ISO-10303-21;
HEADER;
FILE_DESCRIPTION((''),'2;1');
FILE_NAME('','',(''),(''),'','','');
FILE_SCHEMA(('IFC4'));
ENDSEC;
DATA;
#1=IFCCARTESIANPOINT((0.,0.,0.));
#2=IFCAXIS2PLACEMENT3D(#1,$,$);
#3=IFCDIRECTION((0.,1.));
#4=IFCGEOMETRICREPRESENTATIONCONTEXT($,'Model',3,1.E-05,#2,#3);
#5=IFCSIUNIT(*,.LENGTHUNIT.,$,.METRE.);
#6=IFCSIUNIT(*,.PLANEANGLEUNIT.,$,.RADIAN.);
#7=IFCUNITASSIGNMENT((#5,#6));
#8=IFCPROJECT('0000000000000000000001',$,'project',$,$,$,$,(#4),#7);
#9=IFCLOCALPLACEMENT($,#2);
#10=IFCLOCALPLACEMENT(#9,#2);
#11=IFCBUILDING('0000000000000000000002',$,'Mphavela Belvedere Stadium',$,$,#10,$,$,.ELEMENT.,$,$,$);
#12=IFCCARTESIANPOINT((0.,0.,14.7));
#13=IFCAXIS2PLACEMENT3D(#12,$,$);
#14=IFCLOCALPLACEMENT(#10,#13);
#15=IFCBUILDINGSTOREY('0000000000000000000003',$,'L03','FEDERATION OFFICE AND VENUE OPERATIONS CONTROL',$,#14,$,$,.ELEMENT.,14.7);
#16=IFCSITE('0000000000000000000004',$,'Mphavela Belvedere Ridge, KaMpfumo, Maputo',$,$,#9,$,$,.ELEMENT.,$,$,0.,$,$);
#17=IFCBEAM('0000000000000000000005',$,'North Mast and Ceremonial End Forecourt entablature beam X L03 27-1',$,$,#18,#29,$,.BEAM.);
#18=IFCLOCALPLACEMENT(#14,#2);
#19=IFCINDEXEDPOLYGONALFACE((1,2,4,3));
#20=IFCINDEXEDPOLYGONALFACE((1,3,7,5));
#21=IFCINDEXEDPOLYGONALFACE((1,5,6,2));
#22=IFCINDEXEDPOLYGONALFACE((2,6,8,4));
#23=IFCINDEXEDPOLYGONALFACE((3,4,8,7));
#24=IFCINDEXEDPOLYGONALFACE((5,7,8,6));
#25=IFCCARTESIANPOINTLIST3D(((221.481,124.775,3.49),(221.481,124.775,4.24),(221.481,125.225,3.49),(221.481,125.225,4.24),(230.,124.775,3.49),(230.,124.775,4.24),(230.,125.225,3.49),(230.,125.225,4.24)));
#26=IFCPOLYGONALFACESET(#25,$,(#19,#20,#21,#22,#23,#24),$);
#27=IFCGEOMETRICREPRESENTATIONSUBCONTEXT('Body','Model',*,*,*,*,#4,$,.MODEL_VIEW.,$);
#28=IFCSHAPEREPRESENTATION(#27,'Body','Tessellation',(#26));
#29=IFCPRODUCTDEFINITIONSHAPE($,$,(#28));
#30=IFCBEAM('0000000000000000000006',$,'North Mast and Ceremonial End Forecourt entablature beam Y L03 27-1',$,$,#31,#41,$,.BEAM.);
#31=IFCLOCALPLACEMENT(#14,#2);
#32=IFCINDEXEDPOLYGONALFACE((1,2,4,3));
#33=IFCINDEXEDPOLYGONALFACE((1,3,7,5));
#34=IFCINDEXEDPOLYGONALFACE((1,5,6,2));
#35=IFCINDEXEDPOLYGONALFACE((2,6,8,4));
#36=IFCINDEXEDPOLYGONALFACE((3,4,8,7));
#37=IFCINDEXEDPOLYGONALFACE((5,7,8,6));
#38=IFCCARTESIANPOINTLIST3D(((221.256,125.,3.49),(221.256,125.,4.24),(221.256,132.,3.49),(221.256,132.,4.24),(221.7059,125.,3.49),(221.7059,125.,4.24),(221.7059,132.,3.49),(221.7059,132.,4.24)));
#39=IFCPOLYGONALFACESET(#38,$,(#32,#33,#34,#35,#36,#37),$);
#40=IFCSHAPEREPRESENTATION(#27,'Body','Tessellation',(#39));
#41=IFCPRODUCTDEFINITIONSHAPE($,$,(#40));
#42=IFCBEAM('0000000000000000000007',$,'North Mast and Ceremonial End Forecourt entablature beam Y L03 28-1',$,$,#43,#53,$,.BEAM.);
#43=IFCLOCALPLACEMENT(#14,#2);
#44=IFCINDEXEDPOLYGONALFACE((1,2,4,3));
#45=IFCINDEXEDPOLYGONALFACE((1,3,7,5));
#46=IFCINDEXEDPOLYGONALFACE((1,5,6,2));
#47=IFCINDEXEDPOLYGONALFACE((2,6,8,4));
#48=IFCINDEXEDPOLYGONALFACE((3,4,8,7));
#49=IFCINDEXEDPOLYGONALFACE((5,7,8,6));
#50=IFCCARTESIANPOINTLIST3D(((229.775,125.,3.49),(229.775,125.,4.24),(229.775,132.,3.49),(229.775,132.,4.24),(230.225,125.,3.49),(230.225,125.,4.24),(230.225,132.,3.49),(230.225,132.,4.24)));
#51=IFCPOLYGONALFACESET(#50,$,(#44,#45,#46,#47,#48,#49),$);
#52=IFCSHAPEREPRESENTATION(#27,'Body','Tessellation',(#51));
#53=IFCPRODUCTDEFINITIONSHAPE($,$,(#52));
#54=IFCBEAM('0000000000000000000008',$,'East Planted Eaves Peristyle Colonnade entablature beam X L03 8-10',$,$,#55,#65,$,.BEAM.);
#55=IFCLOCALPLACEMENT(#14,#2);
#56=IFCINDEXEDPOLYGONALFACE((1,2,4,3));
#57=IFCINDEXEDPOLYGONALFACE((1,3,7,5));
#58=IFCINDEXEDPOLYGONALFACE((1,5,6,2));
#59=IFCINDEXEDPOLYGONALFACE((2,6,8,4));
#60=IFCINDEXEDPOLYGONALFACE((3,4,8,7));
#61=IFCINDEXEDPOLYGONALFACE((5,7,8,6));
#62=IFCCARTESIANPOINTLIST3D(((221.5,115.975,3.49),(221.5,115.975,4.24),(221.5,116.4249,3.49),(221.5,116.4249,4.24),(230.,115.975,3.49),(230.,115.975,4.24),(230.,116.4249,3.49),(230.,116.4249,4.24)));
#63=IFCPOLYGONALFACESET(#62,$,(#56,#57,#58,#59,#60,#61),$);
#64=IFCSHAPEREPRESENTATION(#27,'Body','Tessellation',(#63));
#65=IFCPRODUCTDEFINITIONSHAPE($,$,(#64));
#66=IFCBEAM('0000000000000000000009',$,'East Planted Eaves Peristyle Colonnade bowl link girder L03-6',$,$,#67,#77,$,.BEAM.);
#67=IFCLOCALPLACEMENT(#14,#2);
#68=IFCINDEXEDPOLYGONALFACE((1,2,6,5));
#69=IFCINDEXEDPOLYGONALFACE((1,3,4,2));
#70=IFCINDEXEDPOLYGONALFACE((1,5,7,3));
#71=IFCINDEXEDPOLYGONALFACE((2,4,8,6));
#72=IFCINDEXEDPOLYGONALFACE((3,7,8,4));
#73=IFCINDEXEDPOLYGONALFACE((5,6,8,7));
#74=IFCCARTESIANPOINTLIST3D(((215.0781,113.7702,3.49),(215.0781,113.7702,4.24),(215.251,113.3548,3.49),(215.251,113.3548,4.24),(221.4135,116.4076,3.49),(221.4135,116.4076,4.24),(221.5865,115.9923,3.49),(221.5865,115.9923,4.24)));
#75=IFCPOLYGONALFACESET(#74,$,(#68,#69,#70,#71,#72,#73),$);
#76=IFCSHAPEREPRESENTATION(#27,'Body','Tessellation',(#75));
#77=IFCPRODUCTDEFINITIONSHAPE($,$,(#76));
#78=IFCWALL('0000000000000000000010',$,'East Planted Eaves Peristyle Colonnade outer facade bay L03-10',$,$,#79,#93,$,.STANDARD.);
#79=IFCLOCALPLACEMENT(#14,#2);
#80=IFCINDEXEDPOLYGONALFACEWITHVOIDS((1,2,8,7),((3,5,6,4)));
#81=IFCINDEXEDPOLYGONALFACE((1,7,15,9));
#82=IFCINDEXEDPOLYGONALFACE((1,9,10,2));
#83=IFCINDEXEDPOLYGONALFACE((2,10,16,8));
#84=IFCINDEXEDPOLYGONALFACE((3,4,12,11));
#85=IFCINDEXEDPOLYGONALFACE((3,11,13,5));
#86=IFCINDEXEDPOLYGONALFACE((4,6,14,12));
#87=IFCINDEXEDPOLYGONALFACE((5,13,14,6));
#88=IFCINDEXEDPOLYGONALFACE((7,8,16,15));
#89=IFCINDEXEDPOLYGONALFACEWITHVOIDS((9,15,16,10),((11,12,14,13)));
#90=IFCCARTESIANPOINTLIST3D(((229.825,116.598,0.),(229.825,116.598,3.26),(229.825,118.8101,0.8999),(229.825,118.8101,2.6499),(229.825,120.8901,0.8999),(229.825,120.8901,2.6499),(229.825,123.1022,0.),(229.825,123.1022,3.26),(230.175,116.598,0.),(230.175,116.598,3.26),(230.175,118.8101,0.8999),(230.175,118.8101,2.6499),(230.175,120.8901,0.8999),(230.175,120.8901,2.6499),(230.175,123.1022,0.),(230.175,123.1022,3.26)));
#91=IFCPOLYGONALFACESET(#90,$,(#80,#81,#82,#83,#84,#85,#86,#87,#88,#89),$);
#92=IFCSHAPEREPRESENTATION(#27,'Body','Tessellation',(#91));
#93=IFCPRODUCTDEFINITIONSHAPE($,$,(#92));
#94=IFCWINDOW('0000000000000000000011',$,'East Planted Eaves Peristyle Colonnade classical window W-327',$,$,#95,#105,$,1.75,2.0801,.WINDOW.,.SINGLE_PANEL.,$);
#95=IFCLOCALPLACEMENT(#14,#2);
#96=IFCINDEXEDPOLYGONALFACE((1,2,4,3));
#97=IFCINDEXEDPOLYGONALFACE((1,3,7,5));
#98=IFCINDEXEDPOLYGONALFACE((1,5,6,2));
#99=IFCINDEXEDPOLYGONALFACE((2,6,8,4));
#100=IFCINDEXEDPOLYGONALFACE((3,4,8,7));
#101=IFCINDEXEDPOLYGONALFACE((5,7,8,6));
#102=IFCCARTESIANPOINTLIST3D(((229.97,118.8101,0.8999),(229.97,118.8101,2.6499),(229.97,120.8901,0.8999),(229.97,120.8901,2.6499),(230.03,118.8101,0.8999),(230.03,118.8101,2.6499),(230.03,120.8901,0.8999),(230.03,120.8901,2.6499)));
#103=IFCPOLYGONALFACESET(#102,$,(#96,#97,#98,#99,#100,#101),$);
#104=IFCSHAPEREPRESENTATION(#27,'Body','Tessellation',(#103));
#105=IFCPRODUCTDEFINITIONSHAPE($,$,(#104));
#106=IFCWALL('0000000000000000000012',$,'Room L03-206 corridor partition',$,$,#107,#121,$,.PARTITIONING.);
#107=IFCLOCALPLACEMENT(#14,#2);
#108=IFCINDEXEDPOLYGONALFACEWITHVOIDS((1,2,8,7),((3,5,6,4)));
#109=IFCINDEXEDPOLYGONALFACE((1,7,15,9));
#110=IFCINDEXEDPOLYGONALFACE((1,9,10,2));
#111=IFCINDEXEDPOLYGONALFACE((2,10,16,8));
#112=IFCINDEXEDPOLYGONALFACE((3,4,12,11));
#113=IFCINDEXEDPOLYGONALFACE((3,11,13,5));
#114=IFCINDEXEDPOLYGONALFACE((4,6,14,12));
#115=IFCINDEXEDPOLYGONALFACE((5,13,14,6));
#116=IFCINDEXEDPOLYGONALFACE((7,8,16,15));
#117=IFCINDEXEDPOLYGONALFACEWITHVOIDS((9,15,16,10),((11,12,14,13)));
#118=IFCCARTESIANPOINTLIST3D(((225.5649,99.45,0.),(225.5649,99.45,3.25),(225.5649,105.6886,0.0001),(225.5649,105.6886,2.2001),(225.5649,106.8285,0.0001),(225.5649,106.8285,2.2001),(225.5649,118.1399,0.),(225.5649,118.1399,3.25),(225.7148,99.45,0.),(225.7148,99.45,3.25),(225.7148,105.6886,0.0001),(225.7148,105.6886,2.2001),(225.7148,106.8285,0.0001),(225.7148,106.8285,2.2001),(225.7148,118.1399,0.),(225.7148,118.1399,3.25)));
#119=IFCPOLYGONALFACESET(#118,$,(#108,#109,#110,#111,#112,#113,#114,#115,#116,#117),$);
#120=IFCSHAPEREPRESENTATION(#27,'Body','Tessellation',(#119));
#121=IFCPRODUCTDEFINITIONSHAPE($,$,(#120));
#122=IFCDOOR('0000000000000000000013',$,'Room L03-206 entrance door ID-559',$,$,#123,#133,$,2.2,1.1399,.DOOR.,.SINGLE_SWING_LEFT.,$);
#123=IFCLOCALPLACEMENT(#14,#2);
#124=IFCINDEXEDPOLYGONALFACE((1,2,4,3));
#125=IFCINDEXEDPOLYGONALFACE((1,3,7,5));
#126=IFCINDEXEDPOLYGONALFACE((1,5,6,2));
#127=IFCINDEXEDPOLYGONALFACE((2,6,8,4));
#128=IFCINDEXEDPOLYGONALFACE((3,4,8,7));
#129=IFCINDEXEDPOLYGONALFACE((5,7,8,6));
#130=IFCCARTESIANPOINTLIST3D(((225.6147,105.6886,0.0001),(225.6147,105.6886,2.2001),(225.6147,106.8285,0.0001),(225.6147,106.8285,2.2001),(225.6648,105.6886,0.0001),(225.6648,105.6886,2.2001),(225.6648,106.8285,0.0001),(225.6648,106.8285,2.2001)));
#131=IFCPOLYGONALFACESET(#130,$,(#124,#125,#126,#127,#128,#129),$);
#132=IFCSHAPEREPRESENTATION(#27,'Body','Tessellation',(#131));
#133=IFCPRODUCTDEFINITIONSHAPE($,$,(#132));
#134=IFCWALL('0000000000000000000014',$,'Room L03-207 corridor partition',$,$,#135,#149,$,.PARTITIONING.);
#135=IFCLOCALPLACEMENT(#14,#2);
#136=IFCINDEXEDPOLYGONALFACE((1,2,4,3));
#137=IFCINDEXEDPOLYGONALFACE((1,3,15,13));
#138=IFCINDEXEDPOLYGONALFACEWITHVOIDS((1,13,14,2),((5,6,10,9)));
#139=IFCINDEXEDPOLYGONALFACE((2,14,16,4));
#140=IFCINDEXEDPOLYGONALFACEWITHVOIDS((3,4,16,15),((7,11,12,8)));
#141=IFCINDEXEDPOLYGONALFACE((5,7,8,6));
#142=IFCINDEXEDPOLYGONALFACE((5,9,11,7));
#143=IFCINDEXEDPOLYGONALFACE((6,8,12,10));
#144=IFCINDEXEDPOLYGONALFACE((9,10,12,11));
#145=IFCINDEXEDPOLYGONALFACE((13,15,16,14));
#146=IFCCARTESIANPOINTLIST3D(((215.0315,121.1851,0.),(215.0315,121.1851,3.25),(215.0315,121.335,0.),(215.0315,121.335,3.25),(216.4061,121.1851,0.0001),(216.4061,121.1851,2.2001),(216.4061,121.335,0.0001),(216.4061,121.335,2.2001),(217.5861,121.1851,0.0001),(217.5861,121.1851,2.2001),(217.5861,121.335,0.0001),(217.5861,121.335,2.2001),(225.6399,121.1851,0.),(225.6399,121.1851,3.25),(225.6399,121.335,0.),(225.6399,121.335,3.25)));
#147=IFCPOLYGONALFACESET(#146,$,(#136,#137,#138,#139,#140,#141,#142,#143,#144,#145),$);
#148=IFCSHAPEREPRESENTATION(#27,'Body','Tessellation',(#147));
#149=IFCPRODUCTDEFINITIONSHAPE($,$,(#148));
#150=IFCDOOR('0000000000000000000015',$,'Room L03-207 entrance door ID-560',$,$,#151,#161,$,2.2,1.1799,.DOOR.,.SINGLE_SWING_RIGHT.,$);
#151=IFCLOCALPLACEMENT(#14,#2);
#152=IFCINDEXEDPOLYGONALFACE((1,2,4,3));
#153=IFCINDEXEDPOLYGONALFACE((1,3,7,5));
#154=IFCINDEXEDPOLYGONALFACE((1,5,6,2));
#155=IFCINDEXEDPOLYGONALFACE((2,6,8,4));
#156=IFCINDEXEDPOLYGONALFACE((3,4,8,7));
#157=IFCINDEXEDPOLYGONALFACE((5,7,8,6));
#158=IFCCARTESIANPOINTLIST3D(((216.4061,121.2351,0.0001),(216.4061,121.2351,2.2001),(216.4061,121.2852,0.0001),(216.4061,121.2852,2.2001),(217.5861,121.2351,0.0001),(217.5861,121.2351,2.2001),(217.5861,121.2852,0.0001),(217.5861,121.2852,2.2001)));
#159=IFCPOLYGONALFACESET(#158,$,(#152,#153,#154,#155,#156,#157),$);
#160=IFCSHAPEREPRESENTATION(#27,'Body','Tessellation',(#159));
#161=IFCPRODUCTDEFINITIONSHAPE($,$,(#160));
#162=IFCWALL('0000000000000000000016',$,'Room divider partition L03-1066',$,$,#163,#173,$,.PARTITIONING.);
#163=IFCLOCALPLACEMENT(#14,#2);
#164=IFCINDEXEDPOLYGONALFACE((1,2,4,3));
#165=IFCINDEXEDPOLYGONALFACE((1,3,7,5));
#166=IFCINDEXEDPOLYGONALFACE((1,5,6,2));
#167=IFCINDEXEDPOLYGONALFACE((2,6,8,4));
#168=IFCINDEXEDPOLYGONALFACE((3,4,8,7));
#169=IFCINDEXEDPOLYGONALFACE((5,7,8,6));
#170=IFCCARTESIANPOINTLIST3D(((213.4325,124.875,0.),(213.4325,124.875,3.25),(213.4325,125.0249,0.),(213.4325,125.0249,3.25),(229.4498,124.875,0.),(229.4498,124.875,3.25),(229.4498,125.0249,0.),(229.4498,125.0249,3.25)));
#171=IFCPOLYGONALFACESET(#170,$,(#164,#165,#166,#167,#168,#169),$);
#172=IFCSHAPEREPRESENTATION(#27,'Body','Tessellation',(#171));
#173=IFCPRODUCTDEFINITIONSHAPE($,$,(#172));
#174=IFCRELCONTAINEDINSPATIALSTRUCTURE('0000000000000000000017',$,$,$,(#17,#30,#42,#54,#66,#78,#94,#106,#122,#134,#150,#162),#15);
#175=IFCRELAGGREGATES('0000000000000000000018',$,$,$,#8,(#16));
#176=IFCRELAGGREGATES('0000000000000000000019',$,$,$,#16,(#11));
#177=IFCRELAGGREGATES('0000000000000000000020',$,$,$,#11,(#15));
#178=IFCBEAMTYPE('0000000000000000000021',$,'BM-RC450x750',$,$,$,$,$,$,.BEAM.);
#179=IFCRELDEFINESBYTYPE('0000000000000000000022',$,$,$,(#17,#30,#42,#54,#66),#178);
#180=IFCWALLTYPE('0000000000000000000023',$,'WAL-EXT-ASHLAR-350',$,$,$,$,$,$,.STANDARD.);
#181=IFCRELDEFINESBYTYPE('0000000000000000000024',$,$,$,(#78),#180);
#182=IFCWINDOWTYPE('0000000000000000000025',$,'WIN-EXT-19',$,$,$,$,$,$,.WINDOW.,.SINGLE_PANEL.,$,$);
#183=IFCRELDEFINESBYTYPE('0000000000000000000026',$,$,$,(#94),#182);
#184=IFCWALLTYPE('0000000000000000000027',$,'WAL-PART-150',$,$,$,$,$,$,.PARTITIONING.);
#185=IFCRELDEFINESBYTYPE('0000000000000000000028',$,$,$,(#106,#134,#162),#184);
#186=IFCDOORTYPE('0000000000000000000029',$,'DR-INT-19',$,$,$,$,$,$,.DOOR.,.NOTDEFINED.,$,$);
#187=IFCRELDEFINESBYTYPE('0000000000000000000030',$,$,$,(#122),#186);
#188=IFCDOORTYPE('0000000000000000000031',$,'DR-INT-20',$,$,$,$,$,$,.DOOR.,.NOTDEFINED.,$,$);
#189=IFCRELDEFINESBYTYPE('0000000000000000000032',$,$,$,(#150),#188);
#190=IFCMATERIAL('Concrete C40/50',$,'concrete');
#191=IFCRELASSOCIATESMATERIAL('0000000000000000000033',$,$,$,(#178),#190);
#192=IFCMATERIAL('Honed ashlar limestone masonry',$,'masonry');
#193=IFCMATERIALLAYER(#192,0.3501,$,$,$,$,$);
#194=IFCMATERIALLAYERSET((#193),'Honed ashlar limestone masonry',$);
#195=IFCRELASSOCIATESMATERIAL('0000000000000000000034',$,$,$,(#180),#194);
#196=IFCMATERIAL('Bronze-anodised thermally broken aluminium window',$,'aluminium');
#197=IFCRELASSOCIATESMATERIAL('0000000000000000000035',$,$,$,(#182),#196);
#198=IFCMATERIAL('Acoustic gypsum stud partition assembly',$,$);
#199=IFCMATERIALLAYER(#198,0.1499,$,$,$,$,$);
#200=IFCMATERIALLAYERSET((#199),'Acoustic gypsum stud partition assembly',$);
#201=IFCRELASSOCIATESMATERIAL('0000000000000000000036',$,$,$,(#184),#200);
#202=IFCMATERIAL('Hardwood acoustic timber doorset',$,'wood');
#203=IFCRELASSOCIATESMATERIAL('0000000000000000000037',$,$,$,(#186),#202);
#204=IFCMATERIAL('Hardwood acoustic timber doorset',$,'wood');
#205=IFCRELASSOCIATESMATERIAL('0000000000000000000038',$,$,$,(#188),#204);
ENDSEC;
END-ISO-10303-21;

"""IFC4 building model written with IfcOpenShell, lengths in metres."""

from ifc_helpers import new_model, si_unit, direction, frame, frame_2d, origin, origin_2d, place, context, subcontext, project, spatial, rectangle, extrude, material, layer, layer_set, material_profile, profile_set, type_object, element, fill, save


model = new_model("IFC4")

# Units and contexts
model_context = context("Model", 3, precision=1e-05, world=origin(), true_north=direction((0.0, 1.0)))
body_context = subcontext(model_context, "Body", "Model", "MODEL_VIEW")
ifc_project = project(units=[si_unit("LENGTHUNIT", "METRE"), si_unit("PLANEANGLEUNIT", "RADIAN")], contexts=[model_context])

# Site, building, storey
site_placement = place(None, origin())
site = spatial("IfcSite", under=ifc_project, at=site_placement, Name="Mphavela Belvedere Ridge, KaMpfumo, Maputo", CompositionType="ELEMENT", RefElevation=0.0)
building_placement = place(site_placement, origin())
building = spatial("IfcBuilding", under=site, at=building_placement, Name="Mphavela Belvedere Stadium", CompositionType="ELEMENT")
storey_placement = place(building_placement, frame((0.0, 0.0, 14.7)))
storey = spatial("IfcBuildingStorey", under=building, at=storey_placement, Name="L03", Description="FEDERATION OFFICE AND VENUE OPERATIONS CONTROL", CompositionType="ELEMENT", Elevation=14.7)

# Beams
ifc_material_1 = material(Name="Concrete C40/50", Category="concrete")
ifc_material_profile_1 = material_profile(ifc_material_1, rectangle(XDim=0.45, YDim=0.75, at=origin_2d()), Name="RC 450x750")
ifc_profile_set_1 = profile_set([ifc_material_profile_1], Name="Concrete C40/50")
beam_type_1 = type_object("IfcBeamType", Name="BM-RC450x750", PredefinedType="BEAM", material=ifc_profile_set_1)
beam_1_placement = place(storey_placement, frame((221.481, 125.0, 3.865), z_axis=(1.0, 0.0, 0.0), x_axis=(0.0, 1.0, 0.0)))
element("IfcBeam", 1, at=beam_1_placement, inside=storey, type_object=beam_type_1, Name="North Mast and Ceremonial End Forecourt entablature beam X L03 27-1", PredefinedType="BEAM", context=body_context, shape_type="SweptSolid", body=[
    extrude(rectangle(XDim=0.45, YDim=0.75, at=origin_2d()), origin(), (0.0, 0.0, 1.0), 8.519),
])
for number, where, z_axis, x_axis, name in (
    (2, (221.481, 125.0, 3.865), (0.0, 1.0, 0.0), (-1.0, 0.0, 0.0), "North Mast and Ceremonial End Forecourt entablature beam Y L03 27-1"),
    (3, (230.0, 125.0, 3.865), (0.0, 1.0, 0.0), (-1.0, 0.0, 0.0), "North Mast and Ceremonial End Forecourt entablature beam Y L03 28-1"),
):
    element("IfcBeam", number, at=place(storey_placement, frame(where, z_axis=z_axis, x_axis=x_axis)), inside=storey, type_object=beam_type_1, Name=name, PredefinedType="BEAM", context=body_context, shape_type="SweptSolid", body=[
        extrude(rectangle(XDim=0.45, YDim=0.75, at=origin_2d()), origin(), (0.0, 0.0, 1.0), 7.0),
    ])
beam_2_placement = place(storey_placement, frame((221.5, 116.2, 3.865), z_axis=(1.0, 0.0, 0.0), x_axis=(0.0, 1.0, 0.0)))
element("IfcBeam", 4, at=beam_2_placement, inside=storey, type_object=beam_type_1, Name="East Planted Eaves Peristyle Colonnade entablature beam X L03 8-10", PredefinedType="BEAM", context=body_context, shape_type="SweptSolid", body=[
    extrude(rectangle(XDim=0.45, YDim=0.75, at=origin_2d()), origin(), (0.0, 0.0, 1.0), 8.5),
])
beam_3_placement = place(storey_placement, frame((221.5, 116.2, 3.865), z_axis=(-0.923197, -0.384327, 0.0), x_axis=(0.384327, -0.923197, 0.0)))
element("IfcBeam", 5, at=beam_3_placement, inside=storey, type_object=beam_type_1, Name="East Planted Eaves Peristyle Colonnade bowl link girder L03-6", PredefinedType="BEAM", context=body_context, shape_type="SweptSolid", body=[
    extrude(rectangle(XDim=0.45, YDim=0.75, at=origin_2d()), origin(), (0.0, 0.0, 1.0), 6.8625),
])

# Wall, opening, window
ifc_material_2 = material(Name="Honed ashlar limestone masonry", Category="masonry")
ifc_layer_1 = layer(ifc_material_2, 0.3501)
ifc_layer_set_1 = layer_set([ifc_layer_1], Name="Honed ashlar limestone masonry")
wall_type_1 = type_object("IfcWallType", Name="WAL-EXT-ASHLAR-350", PredefinedType="STANDARD", material=ifc_layer_set_1)
wall_1_placement = place(storey_placement, frame((230.0, 123.1021, 0.0), z_axis=(0.0, 0.0, 1.0), x_axis=(0.0, -1.0, 0.0)))
wall_1 = element("IfcWall", 6, at=wall_1_placement, inside=storey, type_object=wall_type_1, Name="East Planted Eaves Peristyle Colonnade outer facade bay L03-10", PredefinedType="STANDARD", context=body_context, shape_type="SweptSolid", body=[
    extrude(rectangle(XDim=6.5042, YDim=0.3501, at=frame_2d((3.252, 0.0))), origin(), (0.0, 0.0, 1.0), 3.26),
])
opening_1_placement = place(wall_1_placement, frame((2.2119, 0.0, 0.8999)))
opening_1 = element("IfcOpeningElement", 7, at=opening_1_placement, cuts=wall_1, PredefinedType="OPENING", context=body_context, shape_type="SweptSolid", body=[
    extrude(rectangle(XDim=2.0801, YDim=1.75, at=frame_2d((1.04, 0.875))), frame((0.0, 0.1851, 0.0), z_axis=(0.0, -1.0, 0.0), x_axis=(1.0, 0.0, 0.0)), (0.0, 0.0, 1.0), 0.3701),
])
ifc_material_3 = material(Name="Bronze-anodised thermally broken aluminium window", Category="aluminium")
window_type = type_object("IfcWindowType", Name="WIN-EXT-19", PartitioningType="SINGLE_PANEL", PredefinedType="WINDOW", material=ifc_material_3)
window_placement = place(opening_1_placement, origin())
window = element("IfcWindow", 8, at=window_placement, inside=storey, type_object=window_type, Name="East Planted Eaves Peristyle Colonnade classical window W-327", OverallHeight=1.75, OverallWidth=2.0801, PartitioningType="SINGLE_PANEL", PredefinedType="WINDOW", context=body_context, shape_type="SweptSolid", body=[
    extrude(rectangle(XDim=2.0801, YDim=1.75, at=frame_2d((1.04, 0.875))), frame((0.0, 0.03, 0.0), z_axis=(0.0, -1.0, 0.0), x_axis=(1.0, 0.0, 0.0)), (0.0, 0.0, 1.0), 0.0601),
])
fill(opening_1, window)

# Walls, openings, doors
ifc_material_4 = material(Name="Acoustic gypsum stud partition assembly")
ifc_layer_2 = layer(ifc_material_4, 0.1499)
ifc_layer_set_2 = layer_set([ifc_layer_2], Name="Acoustic gypsum stud partition assembly")
wall_type_2 = type_object("IfcWallType", Name="WAL-PART-150", PredefinedType="PARTITIONING", material=ifc_layer_set_2)
wall_2_placement = place(storey_placement, frame((225.6399, 118.1399, 0.0), z_axis=(0.0, 0.0, 1.0), x_axis=(0.0, -1.0, 0.0)))
wall_2 = element("IfcWall", 9, at=wall_2_placement, inside=storey, type_object=wall_type_2, Name="Room L03-206 corridor partition", PredefinedType="PARTITIONING", context=body_context, shape_type="SweptSolid", body=[
    extrude(rectangle(XDim=18.6899, YDim=0.1499, at=frame_2d((9.345, 0.0))), origin(), (0.0, 0.0, 1.0), 3.25),
])
opening_2_placement = place(wall_2_placement, frame((11.3115, 0.0, 0.0)))
opening_2 = element("IfcOpeningElement", 10, at=opening_2_placement, cuts=wall_2, PredefinedType="OPENING", context=body_context, shape_type="SweptSolid", body=[
    extrude(rectangle(XDim=1.1399, YDim=2.2, at=frame_2d((0.5698, 1.1001))), frame((0.0, 0.085, 0.0), z_axis=(0.0, -1.0, 0.0), x_axis=(1.0, 0.0, 0.0)), (0.0, 0.0, 1.0), 0.1699),
])
ifc_material_5 = material(Name="Hardwood acoustic timber doorset", Category="wood")
door_type_1 = type_object("IfcDoorType", Name="DR-INT-19", OperationType="NOTDEFINED", PredefinedType="DOOR", material=ifc_material_5)
door_1_placement = place(opening_2_placement, origin())
door_1 = element("IfcDoor", 11, at=door_1_placement, inside=storey, type_object=door_type_1, Name="Room L03-206 entrance door ID-559", OperationType="SINGLE_SWING_LEFT", OverallHeight=2.2, OverallWidth=1.1399, PredefinedType="DOOR", context=body_context, shape_type="SweptSolid", body=[
    extrude(rectangle(XDim=1.1399, YDim=2.2, at=frame_2d((0.5698, 1.1001))), frame((0.0, 0.0249, 0.0), z_axis=(0.0, -1.0, 0.0), x_axis=(1.0, 0.0, 0.0)), (0.0, 0.0, 1.0), 0.05),
])
fill(opening_2, door_1)
wall_3_placement = place(storey_placement, frame((225.6399, 121.26, 0.0), z_axis=(0.0, 0.0, 1.0), x_axis=(-1.0, 0.0, 0.0)))
wall_3 = element("IfcWall", 12, at=wall_3_placement, inside=storey, type_object=wall_type_2, Name="Room L03-207 corridor partition", PredefinedType="PARTITIONING", context=body_context, shape_type="SweptSolid", body=[
    extrude(rectangle(XDim=10.6084, YDim=0.1499, at=frame_2d((5.3042, 0.0))), origin(), (0.0, 0.0, 1.0), 3.25),
])
opening_3_placement = place(wall_3_placement, frame((8.054, 0.0, 0.0)))
opening_3 = element("IfcOpeningElement", 13, at=opening_3_placement, cuts=wall_3, PredefinedType="OPENING", context=body_context, shape_type="SweptSolid", body=[
    extrude(rectangle(XDim=1.1799, YDim=2.2, at=frame_2d((0.5898, 1.1001))), frame((0.0, 0.085, 0.0), z_axis=(0.0, -1.0, 0.0), x_axis=(1.0, 0.0, 0.0)), (0.0, 0.0, 1.0), 0.1699),
])
ifc_material_6 = material(Name="Hardwood acoustic timber doorset", Category="wood")
door_type_2 = type_object("IfcDoorType", Name="DR-INT-20", OperationType="NOTDEFINED", PredefinedType="DOOR", material=ifc_material_6)
door_2_placement = place(opening_3_placement, origin())
door_2 = element("IfcDoor", 14, at=door_2_placement, inside=storey, type_object=door_type_2, Name="Room L03-207 entrance door ID-560", OperationType="SINGLE_SWING_RIGHT", OverallHeight=2.2, OverallWidth=1.1799, PredefinedType="DOOR", context=body_context, shape_type="SweptSolid", body=[
    extrude(rectangle(XDim=1.1799, YDim=2.2, at=frame_2d((0.5898, 1.1001))), frame((0.0, 0.0249, 0.0), z_axis=(0.0, -1.0, 0.0), x_axis=(1.0, 0.0, 0.0)), (0.0, 0.0, 1.0), 0.05),
])
fill(opening_3, door_2)

# Wall
wall_4_placement = place(storey_placement, frame((229.45, 124.95, 0.0), z_axis=(0.0, 0.0, 1.0), x_axis=(-1.0, 0.0, 0.0)))
element("IfcWall", 15, at=wall_4_placement, inside=storey, type_object=wall_type_2, Name="Room divider partition L03-1066", PredefinedType="PARTITIONING", context=body_context, shape_type="SweptSolid", body=[
    extrude(rectangle(XDim=16.0173, YDim=0.1499, at=frame_2d((8.0088, 0.0))), origin(), (0.0, 0.0, 1.0), 3.25),
])

save(model, "model.ifc")
